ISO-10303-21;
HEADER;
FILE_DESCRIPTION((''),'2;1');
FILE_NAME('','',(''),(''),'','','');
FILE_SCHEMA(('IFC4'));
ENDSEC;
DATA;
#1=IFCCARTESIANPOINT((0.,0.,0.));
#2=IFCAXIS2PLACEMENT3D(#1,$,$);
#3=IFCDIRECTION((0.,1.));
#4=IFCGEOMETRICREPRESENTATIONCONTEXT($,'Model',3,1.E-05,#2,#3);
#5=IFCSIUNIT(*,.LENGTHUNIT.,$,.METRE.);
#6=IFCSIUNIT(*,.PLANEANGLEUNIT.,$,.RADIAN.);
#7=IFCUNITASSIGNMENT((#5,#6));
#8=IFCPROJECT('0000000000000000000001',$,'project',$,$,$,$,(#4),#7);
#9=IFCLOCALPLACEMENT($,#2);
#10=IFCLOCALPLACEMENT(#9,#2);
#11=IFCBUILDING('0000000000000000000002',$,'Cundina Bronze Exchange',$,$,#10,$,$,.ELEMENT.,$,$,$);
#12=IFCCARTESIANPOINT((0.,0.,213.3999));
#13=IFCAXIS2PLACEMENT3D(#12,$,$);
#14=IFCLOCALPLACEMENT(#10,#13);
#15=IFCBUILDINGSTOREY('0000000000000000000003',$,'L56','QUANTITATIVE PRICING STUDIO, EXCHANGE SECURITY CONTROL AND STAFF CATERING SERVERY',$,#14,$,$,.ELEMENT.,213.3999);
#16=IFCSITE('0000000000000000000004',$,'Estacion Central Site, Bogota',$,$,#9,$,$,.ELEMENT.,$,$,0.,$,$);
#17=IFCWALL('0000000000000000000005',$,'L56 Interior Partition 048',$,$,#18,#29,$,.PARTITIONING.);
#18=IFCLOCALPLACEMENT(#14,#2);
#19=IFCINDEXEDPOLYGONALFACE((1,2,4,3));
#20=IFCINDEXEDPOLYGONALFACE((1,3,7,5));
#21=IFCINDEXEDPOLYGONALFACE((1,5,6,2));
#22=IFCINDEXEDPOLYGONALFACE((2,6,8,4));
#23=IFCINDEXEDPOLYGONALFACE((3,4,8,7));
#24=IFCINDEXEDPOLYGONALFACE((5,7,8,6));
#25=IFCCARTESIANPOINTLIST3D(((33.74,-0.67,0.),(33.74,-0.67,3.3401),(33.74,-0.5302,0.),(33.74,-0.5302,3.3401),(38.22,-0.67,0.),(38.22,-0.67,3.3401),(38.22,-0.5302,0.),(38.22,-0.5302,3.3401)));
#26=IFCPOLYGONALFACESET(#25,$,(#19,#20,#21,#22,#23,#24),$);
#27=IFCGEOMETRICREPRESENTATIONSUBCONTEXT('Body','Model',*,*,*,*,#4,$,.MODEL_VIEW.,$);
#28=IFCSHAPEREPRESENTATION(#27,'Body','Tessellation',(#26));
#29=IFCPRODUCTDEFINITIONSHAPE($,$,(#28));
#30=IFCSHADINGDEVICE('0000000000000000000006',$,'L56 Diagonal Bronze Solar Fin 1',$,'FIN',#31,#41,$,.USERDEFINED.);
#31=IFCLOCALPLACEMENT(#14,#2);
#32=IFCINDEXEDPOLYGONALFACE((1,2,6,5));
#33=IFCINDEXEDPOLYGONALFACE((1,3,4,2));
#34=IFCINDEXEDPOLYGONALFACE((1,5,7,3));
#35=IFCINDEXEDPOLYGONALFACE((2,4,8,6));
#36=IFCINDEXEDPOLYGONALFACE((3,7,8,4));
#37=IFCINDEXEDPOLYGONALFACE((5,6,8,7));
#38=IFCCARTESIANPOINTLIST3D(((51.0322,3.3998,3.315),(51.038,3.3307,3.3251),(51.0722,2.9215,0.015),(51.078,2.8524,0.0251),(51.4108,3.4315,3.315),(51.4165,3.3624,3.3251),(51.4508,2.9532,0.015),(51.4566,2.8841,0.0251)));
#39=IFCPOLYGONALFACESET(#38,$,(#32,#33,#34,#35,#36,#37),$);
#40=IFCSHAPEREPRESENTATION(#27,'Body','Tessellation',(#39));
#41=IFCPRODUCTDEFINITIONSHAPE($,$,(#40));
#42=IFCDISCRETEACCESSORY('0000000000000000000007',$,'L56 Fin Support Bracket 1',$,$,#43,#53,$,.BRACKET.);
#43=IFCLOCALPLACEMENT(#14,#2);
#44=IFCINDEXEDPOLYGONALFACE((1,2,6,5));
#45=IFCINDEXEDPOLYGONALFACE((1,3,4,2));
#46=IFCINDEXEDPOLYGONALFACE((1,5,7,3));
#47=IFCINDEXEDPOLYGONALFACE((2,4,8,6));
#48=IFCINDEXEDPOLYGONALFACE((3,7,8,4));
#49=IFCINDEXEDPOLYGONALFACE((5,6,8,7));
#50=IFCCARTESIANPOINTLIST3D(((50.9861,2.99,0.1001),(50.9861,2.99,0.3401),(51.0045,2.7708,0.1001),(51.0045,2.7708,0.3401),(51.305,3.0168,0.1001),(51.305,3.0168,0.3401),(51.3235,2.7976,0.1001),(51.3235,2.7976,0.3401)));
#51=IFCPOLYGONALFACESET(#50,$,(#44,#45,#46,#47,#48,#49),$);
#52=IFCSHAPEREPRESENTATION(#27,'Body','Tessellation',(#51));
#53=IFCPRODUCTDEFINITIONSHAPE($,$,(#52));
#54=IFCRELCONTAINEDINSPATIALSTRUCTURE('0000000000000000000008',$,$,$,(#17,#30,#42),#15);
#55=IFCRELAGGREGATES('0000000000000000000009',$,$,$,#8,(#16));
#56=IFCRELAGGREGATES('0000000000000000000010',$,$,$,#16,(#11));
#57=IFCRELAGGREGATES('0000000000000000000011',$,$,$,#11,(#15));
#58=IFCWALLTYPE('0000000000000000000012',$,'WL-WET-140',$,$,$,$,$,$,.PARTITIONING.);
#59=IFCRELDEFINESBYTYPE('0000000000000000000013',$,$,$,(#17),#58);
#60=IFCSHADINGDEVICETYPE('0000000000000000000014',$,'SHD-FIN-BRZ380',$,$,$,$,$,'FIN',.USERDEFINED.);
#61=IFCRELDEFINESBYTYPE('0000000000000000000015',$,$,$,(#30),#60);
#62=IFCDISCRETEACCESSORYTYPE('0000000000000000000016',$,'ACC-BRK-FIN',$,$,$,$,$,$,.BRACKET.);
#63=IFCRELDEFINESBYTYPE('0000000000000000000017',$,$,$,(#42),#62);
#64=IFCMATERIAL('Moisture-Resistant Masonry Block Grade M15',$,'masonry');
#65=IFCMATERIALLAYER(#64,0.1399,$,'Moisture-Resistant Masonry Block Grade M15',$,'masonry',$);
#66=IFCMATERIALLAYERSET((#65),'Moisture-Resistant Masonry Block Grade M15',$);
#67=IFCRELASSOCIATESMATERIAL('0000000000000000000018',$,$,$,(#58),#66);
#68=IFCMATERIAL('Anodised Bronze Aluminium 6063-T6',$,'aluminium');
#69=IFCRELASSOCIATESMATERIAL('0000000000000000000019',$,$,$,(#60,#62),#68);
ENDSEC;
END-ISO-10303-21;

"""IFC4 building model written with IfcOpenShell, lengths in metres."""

from ifc_helpers import new_model, si_unit, direction, frame, frame_2d, origin, origin_2d, place, context, subcontext, project, spatial, rectangle, extrude, material, layer, layer_set, material_profile, profile_set, type_object, element, save


model = new_model("IFC4")

# Units and contexts
model_context = context("Model", 3, precision=1e-05, world=origin(), true_north=direction((0.0, 1.0)))
body_context = subcontext(model_context, "Body", "Model", "MODEL_VIEW")
ifc_project = project(units=[si_unit("LENGTHUNIT", "METRE"), si_unit("PLANEANGLEUNIT", "RADIAN")], contexts=[model_context])

# Site, building, storey
site_placement = place(None, origin())
site = spatial("IfcSite", under=ifc_project, at=site_placement, Name="Estacion Central Site, Bogota", CompositionType="ELEMENT", RefElevation=0.0)
building_placement = place(site_placement, origin())
building = spatial("IfcBuilding", under=site, at=building_placement, Name="Cundina Bronze Exchange", CompositionType="ELEMENT")
storey_placement = place(building_placement, frame((0.0, 0.0, 213.3999)))
storey = spatial("IfcBuildingStorey", under=building, at=storey_placement, Name="L56", Description="QUANTITATIVE PRICING STUDIO, EXCHANGE SECURITY CONTROL AND STAFF CATERING SERVERY", CompositionType="ELEMENT", Elevation=213.3999)

# Shared definitions
ifc_material_1 = material(Name="Anodised Bronze Aluminium 6063-T6", Category="aluminium")

# Wall
ifc_material_2 = material(Name="Moisture-Resistant Masonry Block Grade M15", Category="masonry")
ifc_layer_1 = layer(ifc_material_2, 0.1399, Name="Moisture-Resistant Masonry Block Grade M15", Category="masonry")
ifc_layer_set_1 = layer_set([ifc_layer_1], Name="Moisture-Resistant Masonry Block Grade M15")
wall_type_1 = type_object("IfcWallType", Name="WL-WET-140", PredefinedType="PARTITIONING", material=ifc_layer_set_1)
wall_1_placement = place(storey_placement, frame((33.74, -0.6001, 0.0), z_axis=(0.0, 0.0, 1.0), x_axis=(1.0, 0.0, 0.0)))
element("IfcWall", 1, at=wall_1_placement, inside=storey, type_object=wall_type_1, Name="L56 Interior Partition 048", PredefinedType="PARTITIONING", context=body_context, shape_type="SweptSolid", body=[
    extrude(rectangle(XDim=4.48, YDim=0.1399, at=frame_2d((2.24, 0.0))), origin(), (0.0, 0.0, 1.0), 3.3401),
])

# Shading device
ifc_material_profile_1 = material_profile(ifc_material_1, rectangle(XDim=0.0701, YDim=0.3799, at=origin_2d()), Name="FIN70X380", Category="aluminium")
ifc_profile_set_1 = profile_set([ifc_material_profile_1], Name="Anodised Bronze Aluminium 6063-T6")
shading_device_type = type_object("IfcShadingDeviceType", Name="SHD-FIN-BRZ380", ElementType="FIN", PredefinedType="USERDEFINED", material=ifc_profile_set_1)
shading_device_placement = place(storey_placement, frame((51.2644, 2.9028, 0.02), z_axis=(-0.012007, 0.14342, 0.989589), x_axis=(0.082556, -0.98614, 0.143921)))
element("IfcShadingDevice", 2, at=shading_device_placement, inside=storey, type_object=shading_device_type, Name="L56 Diagonal Bronze Solar Fin 1", ObjectType="FIN", PredefinedType="USERDEFINED", context=body_context, shape_type="SweptSolid", body=[
    extrude(rectangle(XDim=0.0701, YDim=0.3799, at=origin_2d()), origin(), (0.0, 0.0, 1.0), 3.3347),
])

# Discrete accessory
discrete_accessory_type = type_object("IfcDiscreteAccessoryType", Name="ACC-BRK-FIN", PredefinedType="BRACKET", material=ifc_material_1)
discrete_accessory_placement = place(storey_placement, frame((51.1548, 2.8938, 0.1001), z_axis=(0.0, 0.0, 1.0), x_axis=(-0.083747, 0.996487, 0.0)))
element("IfcDiscreteAccessory", 3, at=discrete_accessory_placement, inside=storey, type_object=discrete_accessory_type, Name="L56 Fin Support Bracket 1", PredefinedType="BRACKET", context=body_context, shape_type="SweptSolid", body=[
    extrude(rectangle(XDim=0.22, YDim=0.3201, at=origin_2d()), origin(), (0.0, 0.0, 1.0), 0.24),
])

save(model, "model.ifc")
